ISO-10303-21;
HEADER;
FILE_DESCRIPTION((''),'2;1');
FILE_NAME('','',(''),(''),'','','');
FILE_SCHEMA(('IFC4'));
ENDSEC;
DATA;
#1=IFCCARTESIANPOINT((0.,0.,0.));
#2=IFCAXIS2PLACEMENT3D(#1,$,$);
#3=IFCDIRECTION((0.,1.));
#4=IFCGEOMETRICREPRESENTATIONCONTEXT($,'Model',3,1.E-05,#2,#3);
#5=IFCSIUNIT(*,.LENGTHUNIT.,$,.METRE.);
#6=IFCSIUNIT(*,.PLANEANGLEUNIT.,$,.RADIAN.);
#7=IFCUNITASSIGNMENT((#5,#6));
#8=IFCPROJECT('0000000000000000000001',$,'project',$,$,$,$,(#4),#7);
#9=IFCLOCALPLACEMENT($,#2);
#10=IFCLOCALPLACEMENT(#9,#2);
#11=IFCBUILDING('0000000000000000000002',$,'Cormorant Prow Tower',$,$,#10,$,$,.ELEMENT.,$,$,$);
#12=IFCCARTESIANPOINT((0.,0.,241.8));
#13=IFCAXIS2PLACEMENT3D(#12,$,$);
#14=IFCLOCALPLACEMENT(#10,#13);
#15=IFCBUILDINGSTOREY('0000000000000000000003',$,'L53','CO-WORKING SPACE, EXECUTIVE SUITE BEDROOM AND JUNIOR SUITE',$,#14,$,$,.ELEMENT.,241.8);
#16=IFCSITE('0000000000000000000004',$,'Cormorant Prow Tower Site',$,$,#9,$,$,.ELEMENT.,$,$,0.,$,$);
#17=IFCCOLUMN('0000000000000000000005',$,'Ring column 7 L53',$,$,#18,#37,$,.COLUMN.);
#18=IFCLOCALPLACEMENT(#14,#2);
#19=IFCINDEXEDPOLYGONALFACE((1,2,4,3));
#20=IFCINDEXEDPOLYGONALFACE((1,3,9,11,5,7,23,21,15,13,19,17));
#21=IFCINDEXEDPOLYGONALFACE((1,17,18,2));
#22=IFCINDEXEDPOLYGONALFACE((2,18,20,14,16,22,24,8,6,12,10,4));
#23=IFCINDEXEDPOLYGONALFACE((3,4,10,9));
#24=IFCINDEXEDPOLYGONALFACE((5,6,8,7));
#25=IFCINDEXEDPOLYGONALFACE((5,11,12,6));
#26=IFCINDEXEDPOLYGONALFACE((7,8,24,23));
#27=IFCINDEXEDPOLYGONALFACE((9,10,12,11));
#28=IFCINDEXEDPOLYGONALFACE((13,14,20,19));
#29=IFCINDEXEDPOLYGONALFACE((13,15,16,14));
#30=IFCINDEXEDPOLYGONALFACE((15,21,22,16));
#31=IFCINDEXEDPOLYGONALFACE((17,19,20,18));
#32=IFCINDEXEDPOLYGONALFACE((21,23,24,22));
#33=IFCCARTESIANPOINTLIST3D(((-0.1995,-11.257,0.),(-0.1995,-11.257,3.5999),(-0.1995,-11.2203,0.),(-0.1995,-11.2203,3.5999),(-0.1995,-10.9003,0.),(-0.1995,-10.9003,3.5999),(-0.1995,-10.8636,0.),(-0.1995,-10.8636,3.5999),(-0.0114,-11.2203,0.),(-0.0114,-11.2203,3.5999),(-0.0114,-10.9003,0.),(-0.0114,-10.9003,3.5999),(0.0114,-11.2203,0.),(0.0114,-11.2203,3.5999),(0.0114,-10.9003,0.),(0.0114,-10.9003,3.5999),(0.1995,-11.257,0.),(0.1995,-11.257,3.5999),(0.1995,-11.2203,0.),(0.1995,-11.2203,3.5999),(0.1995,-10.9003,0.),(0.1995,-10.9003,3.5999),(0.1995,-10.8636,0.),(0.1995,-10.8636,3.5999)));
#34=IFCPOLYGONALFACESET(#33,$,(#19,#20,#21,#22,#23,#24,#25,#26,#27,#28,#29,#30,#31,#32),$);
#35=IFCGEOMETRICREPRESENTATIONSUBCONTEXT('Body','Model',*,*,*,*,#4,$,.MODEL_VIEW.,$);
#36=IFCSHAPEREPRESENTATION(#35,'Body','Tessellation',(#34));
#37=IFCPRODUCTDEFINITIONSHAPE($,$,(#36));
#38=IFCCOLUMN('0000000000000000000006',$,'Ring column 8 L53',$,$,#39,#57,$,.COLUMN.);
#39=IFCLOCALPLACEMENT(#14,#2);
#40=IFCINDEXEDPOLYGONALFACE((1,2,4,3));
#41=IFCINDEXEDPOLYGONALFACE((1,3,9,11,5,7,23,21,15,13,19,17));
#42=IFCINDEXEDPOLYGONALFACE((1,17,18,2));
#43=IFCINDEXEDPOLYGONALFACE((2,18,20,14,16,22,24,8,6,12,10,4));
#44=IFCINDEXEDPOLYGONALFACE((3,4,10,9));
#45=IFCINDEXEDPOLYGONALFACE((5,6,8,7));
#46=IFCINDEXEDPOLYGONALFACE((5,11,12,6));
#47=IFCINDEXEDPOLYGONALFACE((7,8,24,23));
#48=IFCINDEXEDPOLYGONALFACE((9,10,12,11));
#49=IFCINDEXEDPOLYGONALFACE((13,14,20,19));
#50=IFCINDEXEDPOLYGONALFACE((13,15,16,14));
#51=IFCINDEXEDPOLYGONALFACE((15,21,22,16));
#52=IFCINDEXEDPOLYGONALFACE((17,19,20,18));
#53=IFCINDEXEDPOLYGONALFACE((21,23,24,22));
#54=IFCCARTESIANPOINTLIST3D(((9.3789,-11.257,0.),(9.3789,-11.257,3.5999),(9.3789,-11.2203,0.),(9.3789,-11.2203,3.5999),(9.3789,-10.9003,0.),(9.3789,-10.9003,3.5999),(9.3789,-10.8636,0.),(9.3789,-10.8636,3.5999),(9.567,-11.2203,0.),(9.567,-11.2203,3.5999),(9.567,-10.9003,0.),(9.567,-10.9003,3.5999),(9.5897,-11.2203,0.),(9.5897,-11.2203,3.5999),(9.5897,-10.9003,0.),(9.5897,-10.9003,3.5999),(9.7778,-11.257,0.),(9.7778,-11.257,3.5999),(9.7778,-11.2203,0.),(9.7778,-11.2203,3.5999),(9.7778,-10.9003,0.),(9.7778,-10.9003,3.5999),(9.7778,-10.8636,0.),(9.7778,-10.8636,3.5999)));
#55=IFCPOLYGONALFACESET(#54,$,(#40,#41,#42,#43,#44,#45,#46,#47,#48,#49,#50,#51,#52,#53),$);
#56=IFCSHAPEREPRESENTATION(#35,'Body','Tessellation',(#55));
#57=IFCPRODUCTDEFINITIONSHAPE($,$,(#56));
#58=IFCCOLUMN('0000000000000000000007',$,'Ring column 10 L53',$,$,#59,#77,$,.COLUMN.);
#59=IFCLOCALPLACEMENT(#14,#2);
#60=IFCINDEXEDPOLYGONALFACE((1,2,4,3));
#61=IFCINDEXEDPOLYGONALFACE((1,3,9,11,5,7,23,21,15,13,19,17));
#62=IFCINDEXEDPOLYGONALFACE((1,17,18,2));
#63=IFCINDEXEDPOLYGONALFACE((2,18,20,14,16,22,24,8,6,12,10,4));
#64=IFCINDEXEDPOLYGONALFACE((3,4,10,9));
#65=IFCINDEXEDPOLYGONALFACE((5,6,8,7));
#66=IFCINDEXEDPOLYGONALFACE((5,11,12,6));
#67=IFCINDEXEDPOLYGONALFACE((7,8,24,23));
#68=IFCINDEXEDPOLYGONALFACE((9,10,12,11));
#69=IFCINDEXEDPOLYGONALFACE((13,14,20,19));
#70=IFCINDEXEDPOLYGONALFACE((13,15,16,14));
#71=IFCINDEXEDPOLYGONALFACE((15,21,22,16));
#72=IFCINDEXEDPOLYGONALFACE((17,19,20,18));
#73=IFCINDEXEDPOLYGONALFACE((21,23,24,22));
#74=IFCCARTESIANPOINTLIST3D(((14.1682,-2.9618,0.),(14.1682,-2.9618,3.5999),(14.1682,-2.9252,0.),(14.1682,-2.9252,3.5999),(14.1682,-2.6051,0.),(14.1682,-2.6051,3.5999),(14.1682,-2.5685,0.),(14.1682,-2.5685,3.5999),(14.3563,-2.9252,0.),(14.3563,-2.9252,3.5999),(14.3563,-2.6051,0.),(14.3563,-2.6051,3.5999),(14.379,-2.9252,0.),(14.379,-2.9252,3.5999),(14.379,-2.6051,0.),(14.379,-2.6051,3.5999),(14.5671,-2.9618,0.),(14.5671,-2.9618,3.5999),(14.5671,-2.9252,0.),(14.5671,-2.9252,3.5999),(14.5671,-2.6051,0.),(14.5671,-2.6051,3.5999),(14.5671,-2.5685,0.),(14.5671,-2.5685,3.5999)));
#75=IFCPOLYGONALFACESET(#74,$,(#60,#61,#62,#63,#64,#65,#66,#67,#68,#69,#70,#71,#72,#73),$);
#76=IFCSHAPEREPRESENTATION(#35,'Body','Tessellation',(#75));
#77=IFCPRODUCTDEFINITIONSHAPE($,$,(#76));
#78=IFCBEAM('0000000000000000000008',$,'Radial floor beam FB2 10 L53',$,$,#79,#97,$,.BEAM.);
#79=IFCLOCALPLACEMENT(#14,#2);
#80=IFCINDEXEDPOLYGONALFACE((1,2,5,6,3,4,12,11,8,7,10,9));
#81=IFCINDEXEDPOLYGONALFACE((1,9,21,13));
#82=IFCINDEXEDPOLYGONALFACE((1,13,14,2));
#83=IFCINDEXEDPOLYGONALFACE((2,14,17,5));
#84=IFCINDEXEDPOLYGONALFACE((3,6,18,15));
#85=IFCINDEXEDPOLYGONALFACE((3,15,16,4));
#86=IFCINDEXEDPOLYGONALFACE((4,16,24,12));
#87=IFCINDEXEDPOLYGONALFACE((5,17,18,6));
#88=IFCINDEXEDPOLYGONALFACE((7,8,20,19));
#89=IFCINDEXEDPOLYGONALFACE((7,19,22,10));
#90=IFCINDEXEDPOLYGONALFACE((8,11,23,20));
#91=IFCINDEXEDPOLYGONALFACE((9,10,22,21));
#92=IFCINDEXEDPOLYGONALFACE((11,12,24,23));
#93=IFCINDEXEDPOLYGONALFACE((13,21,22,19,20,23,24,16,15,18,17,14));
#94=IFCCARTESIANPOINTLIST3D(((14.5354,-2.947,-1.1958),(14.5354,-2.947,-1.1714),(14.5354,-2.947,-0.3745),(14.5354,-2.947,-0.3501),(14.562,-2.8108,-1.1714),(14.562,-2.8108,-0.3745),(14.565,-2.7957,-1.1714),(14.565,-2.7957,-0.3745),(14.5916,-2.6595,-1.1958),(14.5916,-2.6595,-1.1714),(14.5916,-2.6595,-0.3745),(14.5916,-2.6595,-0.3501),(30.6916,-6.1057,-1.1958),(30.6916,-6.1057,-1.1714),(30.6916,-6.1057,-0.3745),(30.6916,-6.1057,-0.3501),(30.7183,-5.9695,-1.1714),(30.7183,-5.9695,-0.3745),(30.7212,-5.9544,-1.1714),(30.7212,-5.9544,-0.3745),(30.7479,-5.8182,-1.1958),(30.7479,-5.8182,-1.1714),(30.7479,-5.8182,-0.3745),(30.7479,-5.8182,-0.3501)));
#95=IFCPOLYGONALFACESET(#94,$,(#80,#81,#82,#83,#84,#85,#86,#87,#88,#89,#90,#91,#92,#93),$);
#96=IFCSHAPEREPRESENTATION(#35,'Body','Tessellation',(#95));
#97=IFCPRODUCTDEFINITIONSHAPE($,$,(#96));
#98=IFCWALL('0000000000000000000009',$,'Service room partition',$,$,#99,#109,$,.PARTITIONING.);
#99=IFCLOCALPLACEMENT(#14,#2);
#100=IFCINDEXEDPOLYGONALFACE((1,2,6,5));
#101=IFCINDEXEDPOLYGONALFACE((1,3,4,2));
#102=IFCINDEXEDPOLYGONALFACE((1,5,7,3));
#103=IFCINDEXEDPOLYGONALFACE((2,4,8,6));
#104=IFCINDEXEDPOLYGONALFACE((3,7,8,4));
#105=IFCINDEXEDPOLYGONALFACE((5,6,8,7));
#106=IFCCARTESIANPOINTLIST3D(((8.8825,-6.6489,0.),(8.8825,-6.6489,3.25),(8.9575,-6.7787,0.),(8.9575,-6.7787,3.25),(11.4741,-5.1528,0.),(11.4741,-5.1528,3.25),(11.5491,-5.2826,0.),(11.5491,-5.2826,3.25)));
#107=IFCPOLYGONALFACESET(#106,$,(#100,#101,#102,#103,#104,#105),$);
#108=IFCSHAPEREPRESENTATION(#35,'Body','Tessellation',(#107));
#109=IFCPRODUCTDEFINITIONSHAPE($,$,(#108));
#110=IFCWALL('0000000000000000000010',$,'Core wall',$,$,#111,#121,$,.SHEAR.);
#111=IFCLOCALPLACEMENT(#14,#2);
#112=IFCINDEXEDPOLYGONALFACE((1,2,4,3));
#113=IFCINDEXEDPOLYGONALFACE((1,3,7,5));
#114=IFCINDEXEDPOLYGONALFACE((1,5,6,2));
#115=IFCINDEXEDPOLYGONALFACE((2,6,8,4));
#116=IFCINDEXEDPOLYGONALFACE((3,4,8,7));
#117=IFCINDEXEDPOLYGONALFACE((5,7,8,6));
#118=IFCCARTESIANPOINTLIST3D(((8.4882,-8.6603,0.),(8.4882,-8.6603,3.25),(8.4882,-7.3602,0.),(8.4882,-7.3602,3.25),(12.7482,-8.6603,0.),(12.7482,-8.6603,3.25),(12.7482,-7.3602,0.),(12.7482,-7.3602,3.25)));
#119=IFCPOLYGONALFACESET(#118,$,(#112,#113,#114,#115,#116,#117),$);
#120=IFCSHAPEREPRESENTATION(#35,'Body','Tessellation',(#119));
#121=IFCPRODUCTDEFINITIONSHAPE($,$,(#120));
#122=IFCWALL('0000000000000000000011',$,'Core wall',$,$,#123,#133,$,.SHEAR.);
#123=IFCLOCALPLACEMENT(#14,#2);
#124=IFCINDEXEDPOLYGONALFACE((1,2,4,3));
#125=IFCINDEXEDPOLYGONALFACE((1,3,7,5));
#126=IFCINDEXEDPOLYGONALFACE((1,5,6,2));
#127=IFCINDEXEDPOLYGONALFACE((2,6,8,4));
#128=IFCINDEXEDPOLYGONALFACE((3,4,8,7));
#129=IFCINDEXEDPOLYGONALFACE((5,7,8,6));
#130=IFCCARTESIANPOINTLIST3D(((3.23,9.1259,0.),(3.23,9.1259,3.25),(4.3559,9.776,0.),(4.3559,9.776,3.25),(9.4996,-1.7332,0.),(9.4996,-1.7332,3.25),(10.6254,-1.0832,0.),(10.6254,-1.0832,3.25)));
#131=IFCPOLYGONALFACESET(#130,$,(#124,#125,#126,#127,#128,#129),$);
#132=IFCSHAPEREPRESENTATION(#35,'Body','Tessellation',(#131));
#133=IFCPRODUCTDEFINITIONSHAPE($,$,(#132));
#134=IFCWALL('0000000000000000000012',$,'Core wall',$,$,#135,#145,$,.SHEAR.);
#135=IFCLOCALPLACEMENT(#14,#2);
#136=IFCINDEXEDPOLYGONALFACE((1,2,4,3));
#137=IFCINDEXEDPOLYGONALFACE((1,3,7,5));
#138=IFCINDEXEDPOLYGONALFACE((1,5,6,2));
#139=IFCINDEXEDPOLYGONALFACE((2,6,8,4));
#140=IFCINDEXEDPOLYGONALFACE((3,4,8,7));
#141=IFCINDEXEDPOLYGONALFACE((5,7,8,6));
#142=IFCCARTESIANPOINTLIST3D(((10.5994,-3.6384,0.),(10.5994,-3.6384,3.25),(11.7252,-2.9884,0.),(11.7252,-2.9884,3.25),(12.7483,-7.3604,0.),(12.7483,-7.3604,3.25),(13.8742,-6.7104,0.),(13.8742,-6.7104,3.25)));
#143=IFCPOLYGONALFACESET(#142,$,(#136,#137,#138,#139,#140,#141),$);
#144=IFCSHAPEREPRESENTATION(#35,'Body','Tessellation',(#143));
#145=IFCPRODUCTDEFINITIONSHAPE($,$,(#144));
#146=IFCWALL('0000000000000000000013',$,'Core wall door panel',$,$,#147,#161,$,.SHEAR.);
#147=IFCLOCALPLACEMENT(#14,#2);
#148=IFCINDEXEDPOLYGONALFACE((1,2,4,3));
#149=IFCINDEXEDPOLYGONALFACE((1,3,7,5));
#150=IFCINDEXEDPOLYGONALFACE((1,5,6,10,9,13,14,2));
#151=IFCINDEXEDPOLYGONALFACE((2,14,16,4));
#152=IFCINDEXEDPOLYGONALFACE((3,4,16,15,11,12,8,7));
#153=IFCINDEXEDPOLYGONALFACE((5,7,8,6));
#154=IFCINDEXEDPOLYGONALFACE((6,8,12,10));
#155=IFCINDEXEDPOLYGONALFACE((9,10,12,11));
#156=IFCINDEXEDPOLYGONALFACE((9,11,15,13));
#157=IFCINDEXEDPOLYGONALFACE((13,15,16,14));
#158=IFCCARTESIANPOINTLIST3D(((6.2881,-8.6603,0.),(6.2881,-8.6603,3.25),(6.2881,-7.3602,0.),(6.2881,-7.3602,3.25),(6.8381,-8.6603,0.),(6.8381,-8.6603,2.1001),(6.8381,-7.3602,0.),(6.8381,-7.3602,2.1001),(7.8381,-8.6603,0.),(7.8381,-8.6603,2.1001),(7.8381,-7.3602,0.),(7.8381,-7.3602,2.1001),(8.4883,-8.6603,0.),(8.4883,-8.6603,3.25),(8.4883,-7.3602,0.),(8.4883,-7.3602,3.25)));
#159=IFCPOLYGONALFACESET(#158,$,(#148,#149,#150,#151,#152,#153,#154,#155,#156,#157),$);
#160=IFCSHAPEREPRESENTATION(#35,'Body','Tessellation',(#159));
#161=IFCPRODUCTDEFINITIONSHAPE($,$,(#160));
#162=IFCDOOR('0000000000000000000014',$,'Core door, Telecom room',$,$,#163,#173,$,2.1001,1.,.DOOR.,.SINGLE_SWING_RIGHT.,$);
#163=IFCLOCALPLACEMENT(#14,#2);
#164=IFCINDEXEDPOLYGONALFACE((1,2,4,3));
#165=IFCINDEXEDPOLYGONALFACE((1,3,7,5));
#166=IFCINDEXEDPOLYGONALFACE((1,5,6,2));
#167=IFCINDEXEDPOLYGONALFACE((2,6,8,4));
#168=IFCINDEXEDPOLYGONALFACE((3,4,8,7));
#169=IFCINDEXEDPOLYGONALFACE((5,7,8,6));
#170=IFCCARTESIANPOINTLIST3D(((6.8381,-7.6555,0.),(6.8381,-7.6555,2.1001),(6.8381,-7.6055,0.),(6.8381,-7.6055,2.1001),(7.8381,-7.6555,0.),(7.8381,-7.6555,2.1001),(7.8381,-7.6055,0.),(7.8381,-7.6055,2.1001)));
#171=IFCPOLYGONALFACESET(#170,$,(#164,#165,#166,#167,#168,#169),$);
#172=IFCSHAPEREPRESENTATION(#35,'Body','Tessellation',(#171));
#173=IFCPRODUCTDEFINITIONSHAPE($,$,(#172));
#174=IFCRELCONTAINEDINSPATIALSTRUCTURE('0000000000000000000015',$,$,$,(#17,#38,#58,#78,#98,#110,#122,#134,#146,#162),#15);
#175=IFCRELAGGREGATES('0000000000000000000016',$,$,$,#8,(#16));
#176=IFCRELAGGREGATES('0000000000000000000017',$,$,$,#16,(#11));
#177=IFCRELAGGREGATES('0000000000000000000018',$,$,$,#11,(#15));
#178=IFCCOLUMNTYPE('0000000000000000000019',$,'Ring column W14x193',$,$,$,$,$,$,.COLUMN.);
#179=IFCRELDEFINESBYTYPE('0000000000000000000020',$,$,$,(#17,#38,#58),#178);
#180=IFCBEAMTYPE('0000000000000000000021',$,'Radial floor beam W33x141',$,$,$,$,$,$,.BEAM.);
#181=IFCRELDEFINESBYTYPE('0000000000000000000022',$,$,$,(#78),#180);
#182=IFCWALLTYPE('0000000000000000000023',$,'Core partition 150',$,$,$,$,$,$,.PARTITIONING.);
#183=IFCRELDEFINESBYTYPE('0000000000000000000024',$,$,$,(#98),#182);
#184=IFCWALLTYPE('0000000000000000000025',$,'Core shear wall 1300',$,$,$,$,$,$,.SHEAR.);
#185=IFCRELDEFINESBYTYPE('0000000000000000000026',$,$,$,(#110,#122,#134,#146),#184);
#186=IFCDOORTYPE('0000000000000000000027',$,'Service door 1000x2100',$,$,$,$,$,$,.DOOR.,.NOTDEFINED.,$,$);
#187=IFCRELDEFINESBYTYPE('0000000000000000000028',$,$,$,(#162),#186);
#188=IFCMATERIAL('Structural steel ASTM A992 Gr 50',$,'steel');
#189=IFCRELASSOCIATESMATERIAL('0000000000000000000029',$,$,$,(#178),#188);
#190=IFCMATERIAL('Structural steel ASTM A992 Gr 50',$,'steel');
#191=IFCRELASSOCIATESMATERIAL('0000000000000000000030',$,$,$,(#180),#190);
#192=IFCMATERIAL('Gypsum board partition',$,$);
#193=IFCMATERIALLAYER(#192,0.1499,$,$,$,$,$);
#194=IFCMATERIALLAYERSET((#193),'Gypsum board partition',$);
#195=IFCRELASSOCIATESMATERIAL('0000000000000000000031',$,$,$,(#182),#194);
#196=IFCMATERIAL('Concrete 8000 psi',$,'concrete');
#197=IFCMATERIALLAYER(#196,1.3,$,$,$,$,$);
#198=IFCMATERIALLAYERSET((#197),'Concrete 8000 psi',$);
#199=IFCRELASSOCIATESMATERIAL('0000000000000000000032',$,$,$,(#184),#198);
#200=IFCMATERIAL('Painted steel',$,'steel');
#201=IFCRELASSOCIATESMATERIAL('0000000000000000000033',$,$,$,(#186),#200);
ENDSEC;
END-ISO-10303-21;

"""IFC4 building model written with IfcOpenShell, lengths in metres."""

from ifc_helpers import new_model, si_unit, direction, frame, frame_2d, origin, origin_2d, place, context, subcontext, project, spatial, rectangle, i_section, extrude, material, layer, layer_set, material_profile, profile_set, type_object, element, fill, save


model = new_model("IFC4")

# Units and contexts
model_context = context("Model", 3, precision=1e-05, world=origin(), true_north=direction((0.0, 1.0)))
body_context = subcontext(model_context, "Body", "Model", "MODEL_VIEW")
ifc_project = project(units=[si_unit("LENGTHUNIT", "METRE"), si_unit("PLANEANGLEUNIT", "RADIAN")], contexts=[model_context])

# Site, building, storey
site_placement = place(None, origin())
site = spatial("IfcSite", under=ifc_project, at=site_placement, Name="Cormorant Prow Tower Site", CompositionType="ELEMENT", RefElevation=0.0)
building_placement = place(site_placement, origin())
building = spatial("IfcBuilding", under=site, at=building_placement, Name="Cormorant Prow Tower", CompositionType="ELEMENT")
storey_placement = place(building_placement, frame((0.0, 0.0, 241.8)))
storey = spatial("IfcBuildingStorey", under=building, at=storey_placement, Name="L53", Description="CO-WORKING SPACE, EXECUTIVE SUITE BEDROOM AND JUNIOR SUITE", CompositionType="ELEMENT", Elevation=241.8)

# Columns
ifc_material_1 = material(Name="Structural steel ASTM A992 Gr 50", Category="steel")
ifc_material_profile_1 = material_profile(ifc_material_1, i_section(OverallWidth=0.3989, OverallDepth=0.3933, WebThickness=0.0227, FlangeThickness=0.0366, at=origin_2d()), Name="W14x193")
ifc_profile_set_1 = profile_set([ifc_material_profile_1], Name="Structural steel ASTM A992 Gr 50")
column_type = type_object("IfcColumnType", Name="Ring column W14x193", PredefinedType="COLUMN", material=ifc_profile_set_1)
for number, where, z_axis, x_axis, name in (
    (1, (0.0, -11.0603, 0.0), (0.0, 0.0, 1.0), (1.0, 0.0, 0.0), "Ring column 7 L53"),
    (2, (9.5784, -11.0603, 0.0), (0.0, 0.0, 1.0), (1.0, 0.0, 0.0), "Ring column 8 L53"),
    (3, (14.3677, -2.7651, 0.0), (0.0, 0.0, 1.0), (1.0, 0.0, 0.0), "Ring column 10 L53"),
):
    element("IfcColumn", number, at=place(storey_placement, frame(where, z_axis=z_axis, x_axis=x_axis)), inside=storey, type_object=column_type, Name=name, PredefinedType="COLUMN", context=body_context, shape_type="SweptSolid", body=[
        extrude(i_section(OverallWidth=0.3989, OverallDepth=0.3933, WebThickness=0.0227, FlangeThickness=0.0366, at=origin_2d()), origin(), (0.0, 0.0, 1.0), 3.5999),
    ])

# Beam
ifc_material_2 = material(Name="Structural steel ASTM A992 Gr 50", Category="steel")
ifc_material_profile_2 = material_profile(ifc_material_2, i_section(OverallWidth=0.293, OverallDepth=0.8457, WebThickness=0.0154, FlangeThickness=0.0244, at=origin_2d()), Name="W33x141")
ifc_profile_set_2 = profile_set([ifc_material_profile_2], Name="Structural steel ASTM A992 Gr 50")
beam_type = type_object("IfcBeamType", Name="Radial floor beam W33x141", PredefinedType="BEAM", material=ifc_profile_set_2)
beam_placement = place(storey_placement, frame((14.5635, -2.8032, -0.7729), z_axis=(0.981419, -0.191876, 0.0), x_axis=(0.191876, 0.981419, 0.0)))
element("IfcBeam", 4, at=beam_placement, inside=storey, type_object=beam_type, Name="Radial floor beam FB2 10 L53", PredefinedType="BEAM", context=body_context, shape_type="SweptSolid", body=[
    extrude(i_section(OverallWidth=0.293, OverallDepth=0.8457, WebThickness=0.0154, FlangeThickness=0.0244, at=origin_2d()), origin(), (0.0, 0.0, 1.0), 16.4622),
])

# Walls
ifc_material_3 = material(Name="Gypsum board partition")
ifc_layer_1 = layer(ifc_material_3, 0.1499)
ifc_layer_set_1 = layer_set([ifc_layer_1], Name="Gypsum board partition")
wall_type_1 = type_object("IfcWallType", Name="Core partition 150", PredefinedType="PARTITIONING", material=ifc_layer_set_1)
wall_1_placement = place(storey_placement, frame((11.5115, -5.2178, 0.0), z_axis=(0.0, 0.0, 1.0), x_axis=(-0.866046, -0.499965, 0.0)))
element("IfcWall", 5, at=wall_1_placement, inside=storey, type_object=wall_type_1, Name="Service room partition", PredefinedType="PARTITIONING", context=body_context, shape_type="SweptSolid", body=[
    extrude(rectangle(XDim=2.9924, YDim=0.1499, at=frame_2d((1.4961, 0.0))), origin(), (0.0, 0.0, 1.0), 3.25),
])
ifc_material_4 = material(Name="Concrete 8000 psi", Category="concrete")
ifc_layer_2 = layer(ifc_material_4, 1.3)
ifc_layer_set_2 = layer_set([ifc_layer_2], Name="Concrete 8000 psi")
wall_type_2 = type_object("IfcWallType", Name="Core shear wall 1300", PredefinedType="SHEAR", material=ifc_layer_set_2)
wall_2_placement = place(storey_placement, frame((8.4883, -8.0103, 0.0), z_axis=(0.0, 0.0, 1.0), x_axis=(1.0, 0.0, 0.0)))
element("IfcWall", 6, at=wall_2_placement, inside=storey, type_object=wall_type_2, Name="Core wall", PredefinedType="SHEAR", context=body_context, shape_type="SweptSolid", body=[
    extrude(rectangle(XDim=4.26, YDim=1.3, at=frame_2d((2.1299, 0.0))), origin(), (0.0, 0.0, 1.0), 3.25),
])
wall_3_placement = place(storey_placement, frame((10.0625, -1.4082, 0.0), z_axis=(0.0, 0.0, 1.0), x_axis=(-0.500001, 0.866025, 0.0)))
element("IfcWall", 7, at=wall_3_placement, inside=storey, type_object=wall_type_2, Name="Core wall", PredefinedType="SHEAR", context=body_context, shape_type="SweptSolid", body=[
    extrude(rectangle(XDim=12.5391, YDim=1.3, at=frame_2d((6.2695, 0.0))), origin(), (0.0, 0.0, 1.0), 3.25),
])
wall_4_placement = place(storey_placement, frame((13.3113, -7.0354, 0.0), z_axis=(0.0, 0.0, 1.0), x_axis=(-0.500013, 0.866018, 0.0)))
element("IfcWall", 8, at=wall_4_placement, inside=storey, type_object=wall_type_2, Name="Core wall", PredefinedType="SHEAR", context=body_context, shape_type="SweptSolid", body=[
    extrude(rectangle(XDim=4.2979, YDim=1.3, at=frame_2d((2.1489, 0.0))), origin(), (0.0, 0.0, 1.0), 3.25),
])

# Wall, opening, door
wall_5_placement = place(storey_placement, frame((6.2881, -8.0103, 0.0), z_axis=(0.0, 0.0, 1.0), x_axis=(1.0, 0.0, 0.0)))
wall_5 = element("IfcWall", 9, at=wall_5_placement, inside=storey, type_object=wall_type_2, Name="Core wall door panel", PredefinedType="SHEAR", context=body_context, shape_type="SweptSolid", body=[
    extrude(rectangle(XDim=2.2002, YDim=1.3, at=frame_2d((1.1001, 0.0))), origin(), (0.0, 0.0, 1.0), 3.25),
])
opening_1_placement = place(wall_5_placement, frame((0.55, 0.0, 0.0)))
opening_1 = element("IfcOpeningElement", 10, at=opening_1_placement, cuts=wall_5, PredefinedType="OPENING", context=body_context, shape_type="SweptSolid", body=[
    extrude(rectangle(XDim=1.0, YDim=2.1001, at=frame_2d((0.5, 1.05))), frame((0.0, 0.6599, 0.0), z_axis=(0.0, -1.0, 0.0), x_axis=(1.0, 0.0, 0.0)), (0.0, 0.0, 1.0), 1.3201),
])
ifc_material_5 = material(Name="Painted steel", Category="steel")
door_type_1 = type_object("IfcDoorType", Name="Service door 1000x2100", OperationType="NOTDEFINED", PredefinedType="DOOR", material=ifc_material_5)
door_1_placement = place(opening_1_placement, origin())
door_1 = element("IfcDoor", 11, at=door_1_placement, inside=storey, type_object=door_type_1, Name="Core door, Telecom room", OperationType="SINGLE_SWING_RIGHT", OverallHeight=2.1001, OverallWidth=1.0, PredefinedType="DOOR", context=body_context, shape_type="SweptSolid", body=[
    extrude(rectangle(XDim=1.0, YDim=2.1001, at=frame_2d((0.5, 1.05))), frame((0.0, 0.4048, 0.0), z_axis=(0.0, -1.0, 0.0), x_axis=(1.0, 0.0, 0.0)), (0.0, 0.0, 1.0), 0.05),
])
fill(opening_1, door_1)

save(model, "model.ifc")
